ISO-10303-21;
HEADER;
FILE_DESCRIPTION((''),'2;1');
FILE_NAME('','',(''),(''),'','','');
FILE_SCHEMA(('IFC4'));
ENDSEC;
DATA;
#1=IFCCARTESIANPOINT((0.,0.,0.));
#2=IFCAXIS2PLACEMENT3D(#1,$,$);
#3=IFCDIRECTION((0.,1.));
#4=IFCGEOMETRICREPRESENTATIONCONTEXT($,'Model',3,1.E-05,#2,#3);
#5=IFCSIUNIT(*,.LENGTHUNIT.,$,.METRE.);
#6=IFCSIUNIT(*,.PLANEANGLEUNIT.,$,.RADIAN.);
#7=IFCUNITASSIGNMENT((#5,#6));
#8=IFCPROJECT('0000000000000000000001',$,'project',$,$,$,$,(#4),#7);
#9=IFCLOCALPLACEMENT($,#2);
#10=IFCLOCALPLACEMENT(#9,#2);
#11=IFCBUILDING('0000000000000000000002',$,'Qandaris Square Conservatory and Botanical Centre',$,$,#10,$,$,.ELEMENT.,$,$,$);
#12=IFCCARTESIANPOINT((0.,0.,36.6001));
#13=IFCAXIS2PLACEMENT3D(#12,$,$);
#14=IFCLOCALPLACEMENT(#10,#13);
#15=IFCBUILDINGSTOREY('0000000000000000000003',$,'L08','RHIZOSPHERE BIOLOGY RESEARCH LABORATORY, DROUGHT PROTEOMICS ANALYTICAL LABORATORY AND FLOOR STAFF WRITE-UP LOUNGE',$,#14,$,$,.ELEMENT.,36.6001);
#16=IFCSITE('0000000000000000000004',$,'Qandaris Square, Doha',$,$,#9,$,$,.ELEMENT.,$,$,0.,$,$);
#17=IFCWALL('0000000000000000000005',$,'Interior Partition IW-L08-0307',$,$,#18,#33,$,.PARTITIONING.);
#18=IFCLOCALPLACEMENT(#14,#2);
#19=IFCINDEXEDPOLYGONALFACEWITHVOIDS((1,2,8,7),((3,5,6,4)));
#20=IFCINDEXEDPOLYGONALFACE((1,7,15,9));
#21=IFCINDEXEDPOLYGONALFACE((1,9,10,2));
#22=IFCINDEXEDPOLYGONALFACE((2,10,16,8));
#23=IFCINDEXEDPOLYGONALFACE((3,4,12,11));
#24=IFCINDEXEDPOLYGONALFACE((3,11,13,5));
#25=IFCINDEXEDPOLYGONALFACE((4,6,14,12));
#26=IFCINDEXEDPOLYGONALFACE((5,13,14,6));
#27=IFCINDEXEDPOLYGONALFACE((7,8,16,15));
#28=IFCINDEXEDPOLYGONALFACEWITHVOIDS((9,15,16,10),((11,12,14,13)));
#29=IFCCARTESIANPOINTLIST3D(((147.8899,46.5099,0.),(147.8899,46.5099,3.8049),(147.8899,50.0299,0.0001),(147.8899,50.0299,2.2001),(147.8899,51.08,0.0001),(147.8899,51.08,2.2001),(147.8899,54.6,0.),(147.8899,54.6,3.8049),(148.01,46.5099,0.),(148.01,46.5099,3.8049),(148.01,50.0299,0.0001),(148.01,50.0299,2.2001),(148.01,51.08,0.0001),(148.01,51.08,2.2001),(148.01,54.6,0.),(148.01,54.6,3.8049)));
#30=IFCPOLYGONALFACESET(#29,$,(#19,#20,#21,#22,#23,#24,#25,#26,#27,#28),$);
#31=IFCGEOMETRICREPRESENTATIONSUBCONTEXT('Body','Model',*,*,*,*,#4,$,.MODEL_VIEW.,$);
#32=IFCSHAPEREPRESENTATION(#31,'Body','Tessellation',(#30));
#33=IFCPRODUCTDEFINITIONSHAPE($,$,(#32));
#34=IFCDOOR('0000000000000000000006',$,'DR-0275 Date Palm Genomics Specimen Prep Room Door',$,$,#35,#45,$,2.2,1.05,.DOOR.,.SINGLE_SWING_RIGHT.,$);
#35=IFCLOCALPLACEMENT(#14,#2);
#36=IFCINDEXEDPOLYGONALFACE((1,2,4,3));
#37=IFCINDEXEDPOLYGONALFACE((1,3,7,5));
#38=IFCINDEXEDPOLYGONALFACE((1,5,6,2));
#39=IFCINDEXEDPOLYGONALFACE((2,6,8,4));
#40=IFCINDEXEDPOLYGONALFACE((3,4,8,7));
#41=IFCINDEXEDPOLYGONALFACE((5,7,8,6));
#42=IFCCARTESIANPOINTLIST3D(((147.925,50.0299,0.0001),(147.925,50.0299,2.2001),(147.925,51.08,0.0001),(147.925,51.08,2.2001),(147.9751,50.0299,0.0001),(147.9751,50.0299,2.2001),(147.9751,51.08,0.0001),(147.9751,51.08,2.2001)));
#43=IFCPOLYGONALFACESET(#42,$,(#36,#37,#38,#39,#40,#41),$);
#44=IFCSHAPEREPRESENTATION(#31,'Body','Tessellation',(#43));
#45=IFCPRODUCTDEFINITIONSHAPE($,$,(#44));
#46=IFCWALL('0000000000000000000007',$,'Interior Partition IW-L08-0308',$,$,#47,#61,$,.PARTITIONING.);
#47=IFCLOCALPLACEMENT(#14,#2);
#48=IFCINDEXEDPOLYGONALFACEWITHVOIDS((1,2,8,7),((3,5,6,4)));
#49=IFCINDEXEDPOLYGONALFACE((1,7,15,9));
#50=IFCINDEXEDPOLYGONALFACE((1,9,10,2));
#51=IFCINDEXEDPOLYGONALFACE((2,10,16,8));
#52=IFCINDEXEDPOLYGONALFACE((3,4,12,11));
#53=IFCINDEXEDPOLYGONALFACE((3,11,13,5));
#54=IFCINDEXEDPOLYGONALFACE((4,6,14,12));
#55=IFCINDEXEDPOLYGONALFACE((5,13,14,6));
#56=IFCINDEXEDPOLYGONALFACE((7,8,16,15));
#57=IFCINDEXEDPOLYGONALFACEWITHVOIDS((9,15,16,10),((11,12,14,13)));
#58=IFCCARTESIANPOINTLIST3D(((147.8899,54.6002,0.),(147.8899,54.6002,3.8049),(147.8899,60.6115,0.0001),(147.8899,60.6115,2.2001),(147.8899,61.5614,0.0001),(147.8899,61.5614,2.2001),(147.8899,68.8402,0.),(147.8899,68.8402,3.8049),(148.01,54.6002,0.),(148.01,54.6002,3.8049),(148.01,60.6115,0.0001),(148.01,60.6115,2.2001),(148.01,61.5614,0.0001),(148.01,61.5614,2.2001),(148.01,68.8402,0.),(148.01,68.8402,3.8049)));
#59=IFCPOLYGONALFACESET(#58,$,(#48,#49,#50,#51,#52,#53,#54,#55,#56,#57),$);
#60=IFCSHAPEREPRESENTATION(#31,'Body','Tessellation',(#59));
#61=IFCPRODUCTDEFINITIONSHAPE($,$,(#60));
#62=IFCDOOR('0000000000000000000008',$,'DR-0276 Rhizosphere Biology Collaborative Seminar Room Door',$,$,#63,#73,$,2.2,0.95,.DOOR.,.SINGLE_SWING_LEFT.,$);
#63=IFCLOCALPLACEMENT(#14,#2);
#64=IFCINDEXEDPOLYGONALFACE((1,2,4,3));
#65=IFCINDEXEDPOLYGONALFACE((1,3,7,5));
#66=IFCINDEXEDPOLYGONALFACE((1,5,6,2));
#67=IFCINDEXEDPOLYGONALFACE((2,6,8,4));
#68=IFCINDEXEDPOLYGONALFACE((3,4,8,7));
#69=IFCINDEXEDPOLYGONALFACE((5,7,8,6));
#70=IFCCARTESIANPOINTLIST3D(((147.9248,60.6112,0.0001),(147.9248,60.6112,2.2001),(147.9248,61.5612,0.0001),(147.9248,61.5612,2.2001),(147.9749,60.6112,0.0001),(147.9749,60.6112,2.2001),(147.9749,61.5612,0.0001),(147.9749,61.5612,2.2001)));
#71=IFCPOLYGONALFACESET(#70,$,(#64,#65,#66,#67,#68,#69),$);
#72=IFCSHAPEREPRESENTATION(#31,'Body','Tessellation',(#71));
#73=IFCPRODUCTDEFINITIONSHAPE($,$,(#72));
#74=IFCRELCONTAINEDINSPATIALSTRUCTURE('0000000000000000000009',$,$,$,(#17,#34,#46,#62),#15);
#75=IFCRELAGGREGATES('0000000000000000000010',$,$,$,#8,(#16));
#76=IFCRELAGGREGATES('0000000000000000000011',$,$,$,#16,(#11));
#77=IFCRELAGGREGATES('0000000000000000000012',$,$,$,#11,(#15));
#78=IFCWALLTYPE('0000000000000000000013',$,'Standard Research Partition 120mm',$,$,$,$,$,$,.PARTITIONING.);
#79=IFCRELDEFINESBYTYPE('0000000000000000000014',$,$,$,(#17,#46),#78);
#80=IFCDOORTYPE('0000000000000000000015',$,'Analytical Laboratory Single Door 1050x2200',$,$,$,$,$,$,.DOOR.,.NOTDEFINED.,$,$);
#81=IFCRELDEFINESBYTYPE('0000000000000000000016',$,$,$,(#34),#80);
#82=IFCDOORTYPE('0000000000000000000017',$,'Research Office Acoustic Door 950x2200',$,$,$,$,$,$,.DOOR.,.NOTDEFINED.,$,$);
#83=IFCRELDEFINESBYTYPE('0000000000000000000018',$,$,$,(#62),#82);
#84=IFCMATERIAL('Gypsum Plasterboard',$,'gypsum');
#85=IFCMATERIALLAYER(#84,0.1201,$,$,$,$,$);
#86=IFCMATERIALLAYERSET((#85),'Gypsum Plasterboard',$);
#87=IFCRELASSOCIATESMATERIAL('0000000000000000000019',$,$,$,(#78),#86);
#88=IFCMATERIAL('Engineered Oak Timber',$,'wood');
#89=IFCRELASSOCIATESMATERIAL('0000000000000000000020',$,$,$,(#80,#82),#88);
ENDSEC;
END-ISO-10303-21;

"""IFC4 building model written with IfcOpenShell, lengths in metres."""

from ifc_helpers import new_model, si_unit, direction, frame, frame_2d, origin, place, context, subcontext, project, spatial, rectangle, extrude, material, layer, layer_set, type_object, element, fill, save


model = new_model("IFC4")

# Units and contexts
model_context = context("Model", 3, precision=1e-05, world=origin(), true_north=direction((0.0, 1.0)))
body_context = subcontext(model_context, "Body", "Model", "MODEL_VIEW")
ifc_project = project(units=[si_unit("LENGTHUNIT", "METRE"), si_unit("PLANEANGLEUNIT", "RADIAN")], contexts=[model_context])

# Site, building, storey
site_placement = place(None, origin())
site = spatial("IfcSite", under=ifc_project, at=site_placement, Name="Qandaris Square, Doha", CompositionType="ELEMENT", RefElevation=0.0)
building_placement = place(site_placement, origin())
building = spatial("IfcBuilding", under=site, at=building_placement, Name="Qandaris Square Conservatory and Botanical Centre", CompositionType="ELEMENT")
storey_placement = place(building_placement, frame((0.0, 0.0, 36.6001)))
storey = spatial("IfcBuildingStorey", under=building, at=storey_placement, Name="L08", Description="RHIZOSPHERE BIOLOGY RESEARCH LABORATORY, DROUGHT PROTEOMICS ANALYTICAL LABORATORY AND FLOOR STAFF WRITE-UP LOUNGE", CompositionType="ELEMENT", Elevation=36.6001)

# Shared definitions
ifc_material_1 = material(Name="Gypsum Plasterboard", Category="gypsum")
ifc_material_2 = material(Name="Engineered Oak Timber", Category="wood")

# Shared definitions
ifc_layer_1 = layer(ifc_material_1, 0.1201)
ifc_layer_set_1 = layer_set([ifc_layer_1], Name="Gypsum Plasterboard")
wall_type_1 = type_object("IfcWallType", Name="Standard Research Partition 120mm", PredefinedType="PARTITIONING", material=ifc_layer_set_1)

# Walls, openings, doors
wall_1_placement = place(storey_placement, frame((147.95, 46.51, 0.0), z_axis=(0.0, 0.0, 1.0), x_axis=(0.0, 1.0, 0.0)))
wall_1 = element("IfcWall", 1, at=wall_1_placement, inside=storey, type_object=wall_type_1, Name="Interior Partition IW-L08-0307", PredefinedType="PARTITIONING", context=body_context, shape_type="SweptSolid", body=[
    extrude(rectangle(XDim=8.0901, YDim=0.1201, at=frame_2d((4.0449, 0.0))), origin(), (0.0, 0.0, 1.0), 3.8049),
])
opening_1_placement = place(wall_1_placement, frame((3.52, 0.0, 0.0)))
opening_1 = element("IfcOpeningElement", 2, at=opening_1_placement, cuts=wall_1, PredefinedType="OPENING", context=body_context, shape_type="SweptSolid", body=[
    extrude(rectangle(XDim=1.05, YDim=2.2, at=frame_2d((0.5249, 1.1001))), frame((0.0, 0.072, 0.0), z_axis=(0.0, -1.0, 0.0), x_axis=(1.0, 0.0, 0.0)), (0.0, 0.0, 1.0), 0.144),
])
door_type_1 = type_object("IfcDoorType", Name="Analytical Laboratory Single Door 1050x2200", OperationType="NOTDEFINED", PredefinedType="DOOR", material=ifc_material_2)
door_1_placement = place(opening_1_placement, origin())
door_1 = element("IfcDoor", 3, at=door_1_placement, inside=storey, type_object=door_type_1, Name="DR-0275 Date Palm Genomics Specimen Prep Room Door", OperationType="SINGLE_SWING_RIGHT", OverallHeight=2.2, OverallWidth=1.05, PredefinedType="DOOR", context=body_context, shape_type="SweptSolid", body=[
    extrude(rectangle(XDim=1.05, YDim=2.2, at=frame_2d((0.5249, 1.1001))), frame((0.0, 0.0249, 0.0), z_axis=(0.0, -1.0, 0.0), x_axis=(1.0, 0.0, 0.0)), (0.0, 0.0, 1.0), 0.05),
])
fill(opening_1, door_1)
wall_2_placement = place(storey_placement, frame((147.95, 54.6001, 0.0), z_axis=(0.0, 0.0, 1.0), x_axis=(0.0, 1.0, 0.0)))
wall_2 = element("IfcWall", 4, at=wall_2_placement, inside=storey, type_object=wall_type_1, Name="Interior Partition IW-L08-0308", PredefinedType="PARTITIONING", context=body_context, shape_type="SweptSolid", body=[
    extrude(rectangle(XDim=14.24, YDim=0.1201, at=frame_2d((7.1201, 0.0))), origin(), (0.0, 0.0, 1.0), 3.8049),
])
opening_2_placement = place(wall_2_placement, frame((6.0112, 0.0, 0.0)))
opening_2 = element("IfcOpeningElement", 5, at=opening_2_placement, cuts=wall_2, PredefinedType="OPENING", context=body_context, shape_type="SweptSolid", body=[
    extrude(rectangle(XDim=0.95, YDim=2.2, at=frame_2d((0.4751, 1.1001))), frame((0.0, 0.072, 0.0), z_axis=(0.0, -1.0, 0.0), x_axis=(1.0, 0.0, 0.0)), (0.0, 0.0, 1.0), 0.144),
])
door_type_2 = type_object("IfcDoorType", Name="Research Office Acoustic Door 950x2200", OperationType="NOTDEFINED", PredefinedType="DOOR", material=ifc_material_2)
door_2_placement = place(opening_2_placement, frame((0.95, 0.0, 0.0), z_axis=(0.0, 0.0, 1.0), x_axis=(-1.0, 0.0, 0.0)))
door_2 = element("IfcDoor", 6, at=door_2_placement, inside=storey, type_object=door_type_2, Name="DR-0276 Rhizosphere Biology Collaborative Seminar Room Door", OperationType="SINGLE_SWING_LEFT", OverallHeight=2.2, OverallWidth=0.95, PredefinedType="DOOR", context=body_context, shape_type="SweptSolid", body=[
    extrude(rectangle(XDim=0.95, YDim=2.2, at=frame_2d((0.4751, 1.1001))), frame((0.0, 0.0249, 0.0), z_axis=(0.0, -1.0, 0.0), x_axis=(1.0, 0.0, 0.0)), (0.0, 0.0, 1.0), 0.05),
])
fill(opening_2, door_2)

save(model, "model.ifc")
